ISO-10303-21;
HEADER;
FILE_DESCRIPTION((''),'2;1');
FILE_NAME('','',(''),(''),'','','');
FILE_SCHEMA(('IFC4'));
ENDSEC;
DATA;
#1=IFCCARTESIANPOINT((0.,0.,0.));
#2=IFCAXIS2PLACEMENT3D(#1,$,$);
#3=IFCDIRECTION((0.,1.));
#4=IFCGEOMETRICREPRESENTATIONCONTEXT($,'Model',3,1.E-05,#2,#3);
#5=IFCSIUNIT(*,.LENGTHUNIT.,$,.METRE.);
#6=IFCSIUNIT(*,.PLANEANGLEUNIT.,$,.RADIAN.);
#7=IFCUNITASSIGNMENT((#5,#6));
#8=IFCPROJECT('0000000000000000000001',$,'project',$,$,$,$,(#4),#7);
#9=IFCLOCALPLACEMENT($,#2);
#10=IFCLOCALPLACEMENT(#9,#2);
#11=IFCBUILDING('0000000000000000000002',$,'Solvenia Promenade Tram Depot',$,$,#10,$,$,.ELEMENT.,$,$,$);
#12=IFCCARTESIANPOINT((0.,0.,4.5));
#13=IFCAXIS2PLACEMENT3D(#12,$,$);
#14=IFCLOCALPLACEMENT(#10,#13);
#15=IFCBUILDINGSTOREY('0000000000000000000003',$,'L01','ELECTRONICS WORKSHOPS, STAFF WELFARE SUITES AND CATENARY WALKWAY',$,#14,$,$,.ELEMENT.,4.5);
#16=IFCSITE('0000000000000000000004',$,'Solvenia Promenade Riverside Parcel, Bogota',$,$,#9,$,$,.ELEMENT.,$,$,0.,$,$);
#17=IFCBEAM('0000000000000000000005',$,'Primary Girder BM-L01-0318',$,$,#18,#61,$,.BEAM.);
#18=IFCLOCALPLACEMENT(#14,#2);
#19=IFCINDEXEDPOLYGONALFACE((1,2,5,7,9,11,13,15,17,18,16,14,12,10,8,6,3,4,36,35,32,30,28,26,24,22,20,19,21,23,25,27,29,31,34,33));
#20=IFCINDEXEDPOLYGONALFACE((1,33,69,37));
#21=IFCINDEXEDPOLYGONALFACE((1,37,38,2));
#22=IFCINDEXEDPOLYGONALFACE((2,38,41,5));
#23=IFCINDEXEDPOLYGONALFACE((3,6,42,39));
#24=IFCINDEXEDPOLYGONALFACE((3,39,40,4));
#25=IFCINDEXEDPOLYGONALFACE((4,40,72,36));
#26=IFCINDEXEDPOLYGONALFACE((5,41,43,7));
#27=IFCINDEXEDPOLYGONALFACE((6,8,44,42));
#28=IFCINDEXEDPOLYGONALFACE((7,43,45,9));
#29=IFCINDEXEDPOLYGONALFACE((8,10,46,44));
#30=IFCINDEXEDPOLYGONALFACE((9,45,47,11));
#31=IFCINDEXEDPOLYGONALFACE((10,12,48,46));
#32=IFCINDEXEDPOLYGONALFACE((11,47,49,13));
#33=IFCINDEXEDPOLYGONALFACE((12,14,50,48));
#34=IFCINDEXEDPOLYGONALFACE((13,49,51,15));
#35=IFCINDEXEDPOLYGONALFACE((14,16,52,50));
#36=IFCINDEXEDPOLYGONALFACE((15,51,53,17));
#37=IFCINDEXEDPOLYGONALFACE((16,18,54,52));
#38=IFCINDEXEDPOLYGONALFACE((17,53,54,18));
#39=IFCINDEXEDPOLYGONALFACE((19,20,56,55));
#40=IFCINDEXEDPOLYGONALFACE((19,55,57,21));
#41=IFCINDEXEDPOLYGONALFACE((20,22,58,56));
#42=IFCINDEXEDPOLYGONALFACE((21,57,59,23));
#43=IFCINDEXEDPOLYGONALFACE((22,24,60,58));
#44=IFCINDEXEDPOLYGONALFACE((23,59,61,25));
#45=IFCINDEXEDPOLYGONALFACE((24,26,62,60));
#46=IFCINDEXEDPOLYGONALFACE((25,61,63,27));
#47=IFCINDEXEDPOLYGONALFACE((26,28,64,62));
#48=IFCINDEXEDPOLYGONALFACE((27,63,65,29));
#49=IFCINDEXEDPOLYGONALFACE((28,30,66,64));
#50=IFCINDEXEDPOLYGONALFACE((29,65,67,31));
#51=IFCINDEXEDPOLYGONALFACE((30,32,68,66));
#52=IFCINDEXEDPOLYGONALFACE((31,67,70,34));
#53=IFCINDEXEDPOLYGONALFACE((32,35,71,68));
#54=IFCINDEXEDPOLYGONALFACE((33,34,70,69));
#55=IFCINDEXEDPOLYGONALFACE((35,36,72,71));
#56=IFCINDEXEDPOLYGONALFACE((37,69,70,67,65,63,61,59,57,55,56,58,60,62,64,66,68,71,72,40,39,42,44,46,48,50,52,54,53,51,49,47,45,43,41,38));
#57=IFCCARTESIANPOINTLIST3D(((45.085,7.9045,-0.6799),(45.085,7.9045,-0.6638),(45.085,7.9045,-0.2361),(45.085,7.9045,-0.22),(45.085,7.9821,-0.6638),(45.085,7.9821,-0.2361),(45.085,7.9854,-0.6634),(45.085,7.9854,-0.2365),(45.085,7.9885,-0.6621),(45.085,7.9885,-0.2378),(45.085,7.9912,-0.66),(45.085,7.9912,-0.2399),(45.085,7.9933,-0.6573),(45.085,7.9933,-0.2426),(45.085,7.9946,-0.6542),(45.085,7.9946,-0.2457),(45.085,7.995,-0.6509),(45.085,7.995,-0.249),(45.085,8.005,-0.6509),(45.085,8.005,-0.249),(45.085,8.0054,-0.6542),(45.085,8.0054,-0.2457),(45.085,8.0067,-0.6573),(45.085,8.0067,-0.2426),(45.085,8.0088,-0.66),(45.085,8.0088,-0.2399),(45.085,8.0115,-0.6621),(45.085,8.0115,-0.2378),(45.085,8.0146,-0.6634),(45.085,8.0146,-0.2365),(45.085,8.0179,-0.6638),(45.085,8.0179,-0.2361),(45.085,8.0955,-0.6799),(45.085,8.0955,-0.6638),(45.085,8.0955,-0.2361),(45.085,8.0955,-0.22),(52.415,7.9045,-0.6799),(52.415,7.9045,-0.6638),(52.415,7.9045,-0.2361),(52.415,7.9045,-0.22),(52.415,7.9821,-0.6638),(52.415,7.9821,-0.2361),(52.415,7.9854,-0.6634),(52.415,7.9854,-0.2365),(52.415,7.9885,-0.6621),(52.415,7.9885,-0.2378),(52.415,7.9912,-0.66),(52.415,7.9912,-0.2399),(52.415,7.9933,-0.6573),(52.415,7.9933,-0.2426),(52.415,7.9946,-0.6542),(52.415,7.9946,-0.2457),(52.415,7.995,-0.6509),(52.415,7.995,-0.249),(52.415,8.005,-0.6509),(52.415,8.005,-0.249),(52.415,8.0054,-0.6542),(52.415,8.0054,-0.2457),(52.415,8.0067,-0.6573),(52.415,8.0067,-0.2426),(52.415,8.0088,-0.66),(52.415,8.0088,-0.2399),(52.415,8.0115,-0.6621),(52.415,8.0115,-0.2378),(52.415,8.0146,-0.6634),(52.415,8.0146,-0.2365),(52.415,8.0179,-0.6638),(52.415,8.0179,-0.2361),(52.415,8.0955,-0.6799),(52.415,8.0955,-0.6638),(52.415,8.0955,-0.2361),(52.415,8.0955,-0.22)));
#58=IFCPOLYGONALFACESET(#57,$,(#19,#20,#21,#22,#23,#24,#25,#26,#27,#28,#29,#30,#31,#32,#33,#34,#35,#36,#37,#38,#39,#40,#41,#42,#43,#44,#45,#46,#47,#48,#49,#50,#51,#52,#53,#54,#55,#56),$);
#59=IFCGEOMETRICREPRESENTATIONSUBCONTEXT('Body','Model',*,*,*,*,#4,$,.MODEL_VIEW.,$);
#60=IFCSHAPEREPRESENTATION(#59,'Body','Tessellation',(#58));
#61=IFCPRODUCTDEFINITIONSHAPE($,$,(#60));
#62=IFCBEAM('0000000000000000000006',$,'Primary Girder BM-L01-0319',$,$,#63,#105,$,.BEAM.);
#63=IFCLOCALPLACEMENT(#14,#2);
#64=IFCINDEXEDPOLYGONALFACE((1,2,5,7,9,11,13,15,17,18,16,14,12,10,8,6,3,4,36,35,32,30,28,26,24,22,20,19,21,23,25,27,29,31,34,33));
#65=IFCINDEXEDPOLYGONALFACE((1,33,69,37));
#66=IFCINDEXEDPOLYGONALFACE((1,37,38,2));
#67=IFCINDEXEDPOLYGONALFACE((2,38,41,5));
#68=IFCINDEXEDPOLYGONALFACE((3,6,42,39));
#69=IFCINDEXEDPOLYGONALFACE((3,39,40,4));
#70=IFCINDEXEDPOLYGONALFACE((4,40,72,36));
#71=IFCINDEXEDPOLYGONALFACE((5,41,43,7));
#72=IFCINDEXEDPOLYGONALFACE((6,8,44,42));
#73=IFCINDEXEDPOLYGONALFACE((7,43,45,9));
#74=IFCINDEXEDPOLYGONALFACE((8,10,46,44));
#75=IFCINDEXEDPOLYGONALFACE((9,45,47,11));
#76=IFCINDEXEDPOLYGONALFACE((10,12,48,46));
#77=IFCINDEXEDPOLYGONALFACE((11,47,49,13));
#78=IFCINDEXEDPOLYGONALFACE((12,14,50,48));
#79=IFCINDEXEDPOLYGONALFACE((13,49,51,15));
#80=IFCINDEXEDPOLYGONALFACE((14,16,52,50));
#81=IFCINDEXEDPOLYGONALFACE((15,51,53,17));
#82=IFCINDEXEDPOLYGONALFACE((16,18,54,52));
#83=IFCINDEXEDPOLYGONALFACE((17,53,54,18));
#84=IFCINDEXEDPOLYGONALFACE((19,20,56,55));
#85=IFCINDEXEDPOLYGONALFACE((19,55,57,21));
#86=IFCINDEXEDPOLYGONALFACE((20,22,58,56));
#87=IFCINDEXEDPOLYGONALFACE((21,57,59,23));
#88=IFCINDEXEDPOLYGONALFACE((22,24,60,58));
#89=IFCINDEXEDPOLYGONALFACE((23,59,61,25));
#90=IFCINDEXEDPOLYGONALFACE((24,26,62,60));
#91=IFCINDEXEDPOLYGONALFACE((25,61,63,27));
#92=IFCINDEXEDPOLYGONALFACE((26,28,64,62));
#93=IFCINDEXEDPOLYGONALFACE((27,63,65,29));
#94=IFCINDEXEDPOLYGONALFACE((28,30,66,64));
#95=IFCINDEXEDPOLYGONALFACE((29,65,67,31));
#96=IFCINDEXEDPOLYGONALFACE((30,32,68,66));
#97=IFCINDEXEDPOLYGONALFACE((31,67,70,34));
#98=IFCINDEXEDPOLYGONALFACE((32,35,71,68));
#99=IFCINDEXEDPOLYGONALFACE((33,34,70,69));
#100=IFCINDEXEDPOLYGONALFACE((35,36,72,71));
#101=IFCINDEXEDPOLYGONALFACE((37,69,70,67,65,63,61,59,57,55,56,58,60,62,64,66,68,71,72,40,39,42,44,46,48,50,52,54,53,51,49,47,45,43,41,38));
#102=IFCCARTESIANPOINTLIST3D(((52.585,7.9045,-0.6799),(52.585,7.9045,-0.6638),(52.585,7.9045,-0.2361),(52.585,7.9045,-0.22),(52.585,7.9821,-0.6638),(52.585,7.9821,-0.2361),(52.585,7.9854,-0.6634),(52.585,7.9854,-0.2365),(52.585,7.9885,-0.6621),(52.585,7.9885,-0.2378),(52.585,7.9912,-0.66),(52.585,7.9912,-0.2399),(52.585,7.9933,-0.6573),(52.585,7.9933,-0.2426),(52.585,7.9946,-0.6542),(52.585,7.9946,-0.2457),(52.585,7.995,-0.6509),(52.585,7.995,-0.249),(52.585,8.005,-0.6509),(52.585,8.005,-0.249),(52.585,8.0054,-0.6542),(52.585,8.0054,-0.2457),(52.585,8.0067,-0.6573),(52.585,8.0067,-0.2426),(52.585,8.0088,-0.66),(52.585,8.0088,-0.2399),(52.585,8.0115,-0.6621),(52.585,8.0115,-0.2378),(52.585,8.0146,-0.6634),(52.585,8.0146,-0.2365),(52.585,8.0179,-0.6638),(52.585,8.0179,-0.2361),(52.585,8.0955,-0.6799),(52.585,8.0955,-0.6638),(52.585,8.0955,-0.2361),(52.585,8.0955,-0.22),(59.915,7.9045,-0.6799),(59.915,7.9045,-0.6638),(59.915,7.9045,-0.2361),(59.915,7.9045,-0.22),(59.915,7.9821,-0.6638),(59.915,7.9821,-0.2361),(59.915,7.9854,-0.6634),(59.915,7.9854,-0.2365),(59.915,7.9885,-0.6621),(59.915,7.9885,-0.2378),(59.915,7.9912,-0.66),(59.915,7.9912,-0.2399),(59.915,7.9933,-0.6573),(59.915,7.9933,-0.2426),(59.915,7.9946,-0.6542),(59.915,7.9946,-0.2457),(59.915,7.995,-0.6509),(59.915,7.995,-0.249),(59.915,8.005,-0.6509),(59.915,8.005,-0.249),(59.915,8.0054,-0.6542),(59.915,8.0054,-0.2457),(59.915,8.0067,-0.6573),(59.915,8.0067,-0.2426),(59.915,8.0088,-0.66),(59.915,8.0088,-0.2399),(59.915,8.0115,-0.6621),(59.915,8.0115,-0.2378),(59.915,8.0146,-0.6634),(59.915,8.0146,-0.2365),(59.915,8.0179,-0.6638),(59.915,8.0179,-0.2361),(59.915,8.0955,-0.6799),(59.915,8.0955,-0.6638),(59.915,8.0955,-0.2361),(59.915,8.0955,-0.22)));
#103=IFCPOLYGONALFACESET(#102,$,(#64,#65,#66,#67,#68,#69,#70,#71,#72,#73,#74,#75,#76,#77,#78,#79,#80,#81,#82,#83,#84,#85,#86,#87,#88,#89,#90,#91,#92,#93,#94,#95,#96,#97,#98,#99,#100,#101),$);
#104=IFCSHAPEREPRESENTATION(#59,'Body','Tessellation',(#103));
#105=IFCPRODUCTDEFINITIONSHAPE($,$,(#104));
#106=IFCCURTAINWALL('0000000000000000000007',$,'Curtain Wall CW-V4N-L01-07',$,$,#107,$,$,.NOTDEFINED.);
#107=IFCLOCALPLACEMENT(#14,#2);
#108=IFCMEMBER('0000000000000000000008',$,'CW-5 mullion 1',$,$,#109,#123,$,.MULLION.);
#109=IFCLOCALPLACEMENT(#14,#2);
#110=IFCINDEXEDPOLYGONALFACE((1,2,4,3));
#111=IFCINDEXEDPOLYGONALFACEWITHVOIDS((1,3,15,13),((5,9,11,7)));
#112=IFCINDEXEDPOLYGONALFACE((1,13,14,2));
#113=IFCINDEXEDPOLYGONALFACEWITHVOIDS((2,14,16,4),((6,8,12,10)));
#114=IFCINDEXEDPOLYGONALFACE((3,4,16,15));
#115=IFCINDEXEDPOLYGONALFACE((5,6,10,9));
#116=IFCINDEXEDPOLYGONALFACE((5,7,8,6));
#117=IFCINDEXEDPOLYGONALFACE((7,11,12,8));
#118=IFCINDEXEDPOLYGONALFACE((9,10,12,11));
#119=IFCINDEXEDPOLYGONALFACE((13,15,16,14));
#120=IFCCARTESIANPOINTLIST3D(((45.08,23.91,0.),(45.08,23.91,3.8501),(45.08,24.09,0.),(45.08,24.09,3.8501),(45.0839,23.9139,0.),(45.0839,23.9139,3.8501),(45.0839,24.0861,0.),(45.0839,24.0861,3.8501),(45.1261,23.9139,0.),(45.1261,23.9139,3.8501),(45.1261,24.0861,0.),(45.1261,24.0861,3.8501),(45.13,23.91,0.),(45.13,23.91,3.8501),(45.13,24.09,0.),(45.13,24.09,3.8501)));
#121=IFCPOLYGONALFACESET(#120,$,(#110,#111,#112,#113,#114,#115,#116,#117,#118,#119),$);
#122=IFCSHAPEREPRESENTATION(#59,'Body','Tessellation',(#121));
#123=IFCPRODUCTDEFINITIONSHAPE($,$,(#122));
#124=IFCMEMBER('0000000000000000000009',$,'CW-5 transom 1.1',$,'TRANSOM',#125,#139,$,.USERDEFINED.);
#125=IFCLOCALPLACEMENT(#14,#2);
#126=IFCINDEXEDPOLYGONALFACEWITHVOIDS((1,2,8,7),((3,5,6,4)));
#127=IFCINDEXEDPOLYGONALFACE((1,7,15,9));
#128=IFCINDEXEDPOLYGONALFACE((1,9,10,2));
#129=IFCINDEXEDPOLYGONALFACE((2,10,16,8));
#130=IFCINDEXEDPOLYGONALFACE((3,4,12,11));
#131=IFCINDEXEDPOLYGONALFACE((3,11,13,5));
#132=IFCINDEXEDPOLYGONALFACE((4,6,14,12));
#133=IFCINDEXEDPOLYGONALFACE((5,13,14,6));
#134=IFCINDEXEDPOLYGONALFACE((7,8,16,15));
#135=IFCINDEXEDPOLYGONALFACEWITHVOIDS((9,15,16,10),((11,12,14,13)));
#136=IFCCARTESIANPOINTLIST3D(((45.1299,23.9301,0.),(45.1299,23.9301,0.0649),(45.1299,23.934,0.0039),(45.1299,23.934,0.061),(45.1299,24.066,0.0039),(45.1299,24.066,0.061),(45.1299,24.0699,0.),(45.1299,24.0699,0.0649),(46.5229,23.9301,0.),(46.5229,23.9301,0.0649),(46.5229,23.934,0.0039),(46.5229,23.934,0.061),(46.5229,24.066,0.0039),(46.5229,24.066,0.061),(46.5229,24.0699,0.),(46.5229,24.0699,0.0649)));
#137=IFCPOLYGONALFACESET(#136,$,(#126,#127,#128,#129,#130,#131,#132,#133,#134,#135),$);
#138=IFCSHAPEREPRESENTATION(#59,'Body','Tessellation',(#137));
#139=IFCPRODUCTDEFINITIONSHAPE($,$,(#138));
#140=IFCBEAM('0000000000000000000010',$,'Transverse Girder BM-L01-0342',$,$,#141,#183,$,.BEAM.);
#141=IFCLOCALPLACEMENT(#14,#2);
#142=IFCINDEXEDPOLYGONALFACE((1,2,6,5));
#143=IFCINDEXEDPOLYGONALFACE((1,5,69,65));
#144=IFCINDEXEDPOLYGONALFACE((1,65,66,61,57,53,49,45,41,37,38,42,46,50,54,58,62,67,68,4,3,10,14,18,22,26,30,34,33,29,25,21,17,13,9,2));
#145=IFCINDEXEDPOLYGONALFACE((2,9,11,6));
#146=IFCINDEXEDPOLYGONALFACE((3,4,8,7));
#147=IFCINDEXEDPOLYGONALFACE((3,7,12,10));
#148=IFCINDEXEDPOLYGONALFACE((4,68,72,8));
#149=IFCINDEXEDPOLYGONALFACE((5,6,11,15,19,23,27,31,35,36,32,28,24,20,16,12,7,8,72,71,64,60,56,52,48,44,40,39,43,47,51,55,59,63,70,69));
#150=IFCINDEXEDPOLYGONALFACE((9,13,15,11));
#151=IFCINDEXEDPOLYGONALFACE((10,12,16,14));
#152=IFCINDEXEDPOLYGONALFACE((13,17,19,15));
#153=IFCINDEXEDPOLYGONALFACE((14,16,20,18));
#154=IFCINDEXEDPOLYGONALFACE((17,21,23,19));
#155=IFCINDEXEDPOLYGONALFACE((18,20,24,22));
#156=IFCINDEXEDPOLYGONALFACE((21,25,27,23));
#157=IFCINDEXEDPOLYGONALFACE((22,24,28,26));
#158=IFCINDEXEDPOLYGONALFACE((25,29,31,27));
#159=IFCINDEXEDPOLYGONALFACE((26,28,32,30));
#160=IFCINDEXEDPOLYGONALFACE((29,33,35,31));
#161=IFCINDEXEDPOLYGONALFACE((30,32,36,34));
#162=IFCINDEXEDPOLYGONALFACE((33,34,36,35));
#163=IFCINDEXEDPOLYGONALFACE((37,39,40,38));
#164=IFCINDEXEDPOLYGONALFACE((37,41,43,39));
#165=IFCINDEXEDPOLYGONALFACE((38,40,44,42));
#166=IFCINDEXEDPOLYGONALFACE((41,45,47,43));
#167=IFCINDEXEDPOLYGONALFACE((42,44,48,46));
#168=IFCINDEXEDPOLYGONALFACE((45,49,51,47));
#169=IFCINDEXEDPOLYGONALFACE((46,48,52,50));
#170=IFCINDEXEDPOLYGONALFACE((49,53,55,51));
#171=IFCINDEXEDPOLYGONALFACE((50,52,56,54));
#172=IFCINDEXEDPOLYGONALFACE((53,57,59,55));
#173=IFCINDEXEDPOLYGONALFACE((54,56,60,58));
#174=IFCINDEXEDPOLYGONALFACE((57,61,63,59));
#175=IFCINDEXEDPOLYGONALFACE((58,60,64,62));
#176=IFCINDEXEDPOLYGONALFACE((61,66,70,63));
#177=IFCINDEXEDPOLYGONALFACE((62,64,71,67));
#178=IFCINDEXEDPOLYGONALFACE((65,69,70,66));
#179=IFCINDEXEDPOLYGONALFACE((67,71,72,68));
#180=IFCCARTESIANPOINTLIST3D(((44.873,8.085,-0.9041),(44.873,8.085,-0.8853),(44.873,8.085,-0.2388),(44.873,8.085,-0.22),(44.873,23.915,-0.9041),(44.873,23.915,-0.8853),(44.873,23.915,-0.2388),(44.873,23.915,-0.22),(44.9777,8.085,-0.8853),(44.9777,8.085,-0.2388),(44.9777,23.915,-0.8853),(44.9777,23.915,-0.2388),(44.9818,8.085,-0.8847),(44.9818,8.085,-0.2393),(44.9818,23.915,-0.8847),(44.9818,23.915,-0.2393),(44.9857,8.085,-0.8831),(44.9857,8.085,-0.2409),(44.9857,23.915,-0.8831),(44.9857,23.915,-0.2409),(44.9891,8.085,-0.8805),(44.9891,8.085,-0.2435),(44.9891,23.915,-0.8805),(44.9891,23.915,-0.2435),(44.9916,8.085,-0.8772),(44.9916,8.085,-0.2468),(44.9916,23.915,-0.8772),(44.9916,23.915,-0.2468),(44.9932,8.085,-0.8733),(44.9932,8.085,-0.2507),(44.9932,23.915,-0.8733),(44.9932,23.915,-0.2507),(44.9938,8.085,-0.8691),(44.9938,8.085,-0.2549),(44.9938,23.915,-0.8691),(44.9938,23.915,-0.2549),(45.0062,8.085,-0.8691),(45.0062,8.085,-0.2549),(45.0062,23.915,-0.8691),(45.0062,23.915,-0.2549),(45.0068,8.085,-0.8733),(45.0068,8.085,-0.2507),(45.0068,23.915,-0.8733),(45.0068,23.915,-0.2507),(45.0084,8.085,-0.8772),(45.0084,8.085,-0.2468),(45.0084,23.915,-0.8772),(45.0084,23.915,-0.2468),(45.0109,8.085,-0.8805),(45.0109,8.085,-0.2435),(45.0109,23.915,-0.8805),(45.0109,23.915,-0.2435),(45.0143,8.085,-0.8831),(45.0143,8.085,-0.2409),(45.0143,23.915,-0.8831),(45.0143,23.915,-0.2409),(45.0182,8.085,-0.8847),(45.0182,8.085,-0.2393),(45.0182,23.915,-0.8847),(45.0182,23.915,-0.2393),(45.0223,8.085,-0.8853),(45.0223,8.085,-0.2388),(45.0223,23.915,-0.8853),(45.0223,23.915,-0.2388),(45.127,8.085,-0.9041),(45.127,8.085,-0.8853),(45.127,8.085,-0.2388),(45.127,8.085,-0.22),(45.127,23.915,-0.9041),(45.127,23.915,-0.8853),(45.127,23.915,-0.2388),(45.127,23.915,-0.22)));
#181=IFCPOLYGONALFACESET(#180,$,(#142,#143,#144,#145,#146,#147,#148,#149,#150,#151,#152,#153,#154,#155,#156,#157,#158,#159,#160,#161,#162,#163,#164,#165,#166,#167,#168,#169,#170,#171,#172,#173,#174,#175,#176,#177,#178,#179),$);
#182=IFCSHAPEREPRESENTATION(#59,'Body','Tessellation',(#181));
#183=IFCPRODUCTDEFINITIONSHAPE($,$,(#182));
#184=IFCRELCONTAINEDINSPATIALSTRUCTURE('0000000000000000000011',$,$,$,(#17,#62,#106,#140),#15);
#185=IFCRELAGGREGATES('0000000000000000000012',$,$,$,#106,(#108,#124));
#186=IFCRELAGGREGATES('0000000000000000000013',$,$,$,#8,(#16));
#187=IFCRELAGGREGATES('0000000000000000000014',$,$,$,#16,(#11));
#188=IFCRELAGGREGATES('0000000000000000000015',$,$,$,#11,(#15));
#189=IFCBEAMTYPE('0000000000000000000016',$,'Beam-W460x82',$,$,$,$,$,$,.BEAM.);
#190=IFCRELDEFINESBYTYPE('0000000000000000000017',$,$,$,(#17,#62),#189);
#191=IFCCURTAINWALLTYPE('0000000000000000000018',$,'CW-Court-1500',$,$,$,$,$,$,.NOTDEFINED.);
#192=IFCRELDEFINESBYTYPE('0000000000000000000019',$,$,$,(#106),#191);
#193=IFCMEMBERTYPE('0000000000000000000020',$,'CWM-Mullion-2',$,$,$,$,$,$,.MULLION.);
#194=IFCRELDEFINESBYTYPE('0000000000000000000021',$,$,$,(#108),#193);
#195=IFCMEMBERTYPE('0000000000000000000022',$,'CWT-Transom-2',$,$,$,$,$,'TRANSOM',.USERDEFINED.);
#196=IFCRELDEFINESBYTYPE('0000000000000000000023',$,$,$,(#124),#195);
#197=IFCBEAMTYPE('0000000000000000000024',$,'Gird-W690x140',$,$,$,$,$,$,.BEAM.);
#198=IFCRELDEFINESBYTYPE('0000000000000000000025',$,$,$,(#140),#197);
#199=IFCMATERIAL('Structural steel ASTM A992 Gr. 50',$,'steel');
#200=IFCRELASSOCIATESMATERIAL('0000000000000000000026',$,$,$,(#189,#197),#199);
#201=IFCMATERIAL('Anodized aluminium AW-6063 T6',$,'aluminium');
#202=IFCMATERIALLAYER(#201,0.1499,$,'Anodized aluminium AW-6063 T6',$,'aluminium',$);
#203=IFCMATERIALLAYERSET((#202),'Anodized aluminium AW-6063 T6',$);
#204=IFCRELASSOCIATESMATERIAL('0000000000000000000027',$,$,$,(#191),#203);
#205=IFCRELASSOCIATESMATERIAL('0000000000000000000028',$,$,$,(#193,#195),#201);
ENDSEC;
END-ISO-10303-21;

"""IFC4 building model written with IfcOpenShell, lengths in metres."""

from ifc_helpers import new_model, si_unit, direction, frame, origin, origin_2d, place, context, subcontext, project, spatial, hollow_rectangle, i_section, extrude, material, layer, layer_set, material_profile, profile_set, type_object, element, aggregate, save


model = new_model("IFC4")

# Units and contexts
model_context = context("Model", 3, precision=1e-05, world=origin(), true_north=direction((0.0, 1.0)))
body_context = subcontext(model_context, "Body", "Model", "MODEL_VIEW")
ifc_project = project(units=[si_unit("LENGTHUNIT", "METRE"), si_unit("PLANEANGLEUNIT", "RADIAN")], contexts=[model_context])

# Site, building, storey
site_placement = place(None, origin())
site = spatial("IfcSite", under=ifc_project, at=site_placement, Name="Solvenia Promenade Riverside Parcel, Bogota", CompositionType="ELEMENT", RefElevation=0.0)
building_placement = place(site_placement, origin())
building = spatial("IfcBuilding", under=site, at=building_placement, Name="Solvenia Promenade Tram Depot", CompositionType="ELEMENT")
storey_placement = place(building_placement, frame((0.0, 0.0, 4.5)))
storey = spatial("IfcBuildingStorey", under=building, at=storey_placement, Name="L01", Description="ELECTRONICS WORKSHOPS, STAFF WELFARE SUITES AND CATENARY WALKWAY", CompositionType="ELEMENT", Elevation=4.5)

# Shared definitions
ifc_material_1 = material(Name="Structural steel ASTM A992 Gr. 50", Category="steel")

# Beams
ifc_material_profile_1 = material_profile(ifc_material_1, i_section(OverallWidth=0.1909, OverallDepth=0.46, WebThickness=0.01, FlangeThickness=0.0161, FilletRadius=0.0129, at=origin_2d()), Name="W460x82", Category="steel")
ifc_profile_set_1 = profile_set([ifc_material_profile_1], Name="Structural steel ASTM A992 Gr. 50")
beam_type_1 = type_object("IfcBeamType", Name="Beam-W460x82", PredefinedType="BEAM", material=ifc_profile_set_1)
for number, where, z_axis, x_axis, name in (
    (1, (45.085, 8.0, -0.45), (1.0, 0.0, 0.0), (0.0, 1.0, 0.0), "Primary Girder BM-L01-0318"),
    (2, (52.585, 8.0, -0.45), (1.0, 0.0, 0.0), (0.0, 1.0, 0.0), "Primary Girder BM-L01-0319"),
):
    element("IfcBeam", number, at=place(storey_placement, frame(where, z_axis=z_axis, x_axis=x_axis)), inside=storey, type_object=beam_type_1, Name=name, PredefinedType="BEAM", context=body_context, shape_type="SweptSolid", body=[
        extrude(i_section(OverallWidth=0.1909, OverallDepth=0.46, WebThickness=0.01, FlangeThickness=0.0161, FilletRadius=0.0129, at=origin_2d()), origin(), (0.0, 0.0, 1.0), 7.3301),
    ])

# Curtain wall, members
ifc_material_2 = material(Name="Anodized aluminium AW-6063 T6", Category="aluminium")
ifc_layer_1 = layer(ifc_material_2, 0.1499, Name="Anodized aluminium AW-6063 T6", Category="aluminium")
ifc_layer_set_1 = layer_set([ifc_layer_1], Name="Anodized aluminium AW-6063 T6")
curtain_wall_type = type_object("IfcCurtainWallType", Name="CW-Court-1500", PredefinedType="NOTDEFINED", material=ifc_layer_set_1)
curtain_wall_placement = place(storey_placement, origin())
curtain_wall = element("IfcCurtainWall", 3, at=curtain_wall_placement, inside=storey, type_object=curtain_wall_type, Name="Curtain Wall CW-V4N-L01-07", PredefinedType="NOTDEFINED")
ifc_material_profile_2 = material_profile(ifc_material_2, hollow_rectangle(XDim=0.1799, YDim=0.05, WallThickness=0.0039, at=origin_2d()), Name="ALU-M2", Category="aluminium")
ifc_profile_set_2 = profile_set([ifc_material_profile_2], Name="Anodized aluminium AW-6063 T6")
member_type_1 = type_object("IfcMemberType", Name="CWM-Mullion-2", PredefinedType="MULLION", material=ifc_profile_set_2)
member_1_placement = place(storey_placement, frame((45.105, 24.0, 0.0), z_axis=(0.0, 0.0, 1.0), x_axis=(0.0, 1.0, 0.0)))
member_1 = element("IfcMember", 4, at=member_1_placement, type_object=member_type_1, Name="CW-5 mullion 1", PredefinedType="MULLION", context=body_context, shape_type="SweptSolid", body=[
    extrude(hollow_rectangle(XDim=0.1799, YDim=0.05, WallThickness=0.0039, at=origin_2d()), origin(), (0.0, 0.0, 1.0), 3.8501),
])
ifc_material_profile_3 = material_profile(ifc_material_2, hollow_rectangle(XDim=0.1399, YDim=0.0649, WallThickness=0.0039, at=origin_2d()), Name="ALU-T2", Category="aluminium")
ifc_profile_set_3 = profile_set([ifc_material_profile_3], Name="Anodized aluminium AW-6063 T6")
member_type_2 = type_object("IfcMemberType", Name="CWT-Transom-2", ElementType="TRANSOM", PredefinedType="USERDEFINED", material=ifc_profile_set_3)
member_2_placement = place(storey_placement, frame((45.1299, 24.0, 0.0325), z_axis=(1.0, 0.0, 0.0), x_axis=(0.0, 1.0, 0.0)))
member_2 = element("IfcMember", 5, at=member_2_placement, type_object=member_type_2, Name="CW-5 transom 1.1", ObjectType="TRANSOM", PredefinedType="USERDEFINED", context=body_context, shape_type="SweptSolid", body=[
    extrude(hollow_rectangle(XDim=0.1399, YDim=0.0649, WallThickness=0.0039, at=origin_2d()), origin(), (0.0, 0.0, 1.0), 1.3931),
])
aggregate(curtain_wall, [member_1, member_2])

# Beam
ifc_material_profile_4 = material_profile(ifc_material_1, i_section(OverallWidth=0.2539, OverallDepth=0.6841, WebThickness=0.0125, FlangeThickness=0.0188, FilletRadius=0.0161, at=origin_2d()), Name="W690x140", Category="steel")
ifc_profile_set_4 = profile_set([ifc_material_profile_4], Name="Structural steel ASTM A992 Gr. 50")
beam_type_2 = type_object("IfcBeamType", Name="Gird-W690x140", PredefinedType="BEAM", material=ifc_profile_set_4)
for number, where, z_axis, x_axis, name in (
    (6, (45.0, 8.085, -0.562), (0.0, 1.0, 0.0), (-1.0, 0.0, 0.0), "Transverse Girder BM-L01-0342"),
):
    element("IfcBeam", number, at=place(storey_placement, frame(where, z_axis=z_axis, x_axis=x_axis)), inside=storey, type_object=beam_type_2, Name=name, PredefinedType="BEAM", context=body_context, shape_type="SweptSolid", body=[
        extrude(i_section(OverallWidth=0.2539, OverallDepth=0.6841, WebThickness=0.0125, FlangeThickness=0.0188, FilletRadius=0.0161, at=origin_2d()), origin(), (0.0, 0.0, 1.0), 15.8301),
    ])

save(model, "model.ifc")
